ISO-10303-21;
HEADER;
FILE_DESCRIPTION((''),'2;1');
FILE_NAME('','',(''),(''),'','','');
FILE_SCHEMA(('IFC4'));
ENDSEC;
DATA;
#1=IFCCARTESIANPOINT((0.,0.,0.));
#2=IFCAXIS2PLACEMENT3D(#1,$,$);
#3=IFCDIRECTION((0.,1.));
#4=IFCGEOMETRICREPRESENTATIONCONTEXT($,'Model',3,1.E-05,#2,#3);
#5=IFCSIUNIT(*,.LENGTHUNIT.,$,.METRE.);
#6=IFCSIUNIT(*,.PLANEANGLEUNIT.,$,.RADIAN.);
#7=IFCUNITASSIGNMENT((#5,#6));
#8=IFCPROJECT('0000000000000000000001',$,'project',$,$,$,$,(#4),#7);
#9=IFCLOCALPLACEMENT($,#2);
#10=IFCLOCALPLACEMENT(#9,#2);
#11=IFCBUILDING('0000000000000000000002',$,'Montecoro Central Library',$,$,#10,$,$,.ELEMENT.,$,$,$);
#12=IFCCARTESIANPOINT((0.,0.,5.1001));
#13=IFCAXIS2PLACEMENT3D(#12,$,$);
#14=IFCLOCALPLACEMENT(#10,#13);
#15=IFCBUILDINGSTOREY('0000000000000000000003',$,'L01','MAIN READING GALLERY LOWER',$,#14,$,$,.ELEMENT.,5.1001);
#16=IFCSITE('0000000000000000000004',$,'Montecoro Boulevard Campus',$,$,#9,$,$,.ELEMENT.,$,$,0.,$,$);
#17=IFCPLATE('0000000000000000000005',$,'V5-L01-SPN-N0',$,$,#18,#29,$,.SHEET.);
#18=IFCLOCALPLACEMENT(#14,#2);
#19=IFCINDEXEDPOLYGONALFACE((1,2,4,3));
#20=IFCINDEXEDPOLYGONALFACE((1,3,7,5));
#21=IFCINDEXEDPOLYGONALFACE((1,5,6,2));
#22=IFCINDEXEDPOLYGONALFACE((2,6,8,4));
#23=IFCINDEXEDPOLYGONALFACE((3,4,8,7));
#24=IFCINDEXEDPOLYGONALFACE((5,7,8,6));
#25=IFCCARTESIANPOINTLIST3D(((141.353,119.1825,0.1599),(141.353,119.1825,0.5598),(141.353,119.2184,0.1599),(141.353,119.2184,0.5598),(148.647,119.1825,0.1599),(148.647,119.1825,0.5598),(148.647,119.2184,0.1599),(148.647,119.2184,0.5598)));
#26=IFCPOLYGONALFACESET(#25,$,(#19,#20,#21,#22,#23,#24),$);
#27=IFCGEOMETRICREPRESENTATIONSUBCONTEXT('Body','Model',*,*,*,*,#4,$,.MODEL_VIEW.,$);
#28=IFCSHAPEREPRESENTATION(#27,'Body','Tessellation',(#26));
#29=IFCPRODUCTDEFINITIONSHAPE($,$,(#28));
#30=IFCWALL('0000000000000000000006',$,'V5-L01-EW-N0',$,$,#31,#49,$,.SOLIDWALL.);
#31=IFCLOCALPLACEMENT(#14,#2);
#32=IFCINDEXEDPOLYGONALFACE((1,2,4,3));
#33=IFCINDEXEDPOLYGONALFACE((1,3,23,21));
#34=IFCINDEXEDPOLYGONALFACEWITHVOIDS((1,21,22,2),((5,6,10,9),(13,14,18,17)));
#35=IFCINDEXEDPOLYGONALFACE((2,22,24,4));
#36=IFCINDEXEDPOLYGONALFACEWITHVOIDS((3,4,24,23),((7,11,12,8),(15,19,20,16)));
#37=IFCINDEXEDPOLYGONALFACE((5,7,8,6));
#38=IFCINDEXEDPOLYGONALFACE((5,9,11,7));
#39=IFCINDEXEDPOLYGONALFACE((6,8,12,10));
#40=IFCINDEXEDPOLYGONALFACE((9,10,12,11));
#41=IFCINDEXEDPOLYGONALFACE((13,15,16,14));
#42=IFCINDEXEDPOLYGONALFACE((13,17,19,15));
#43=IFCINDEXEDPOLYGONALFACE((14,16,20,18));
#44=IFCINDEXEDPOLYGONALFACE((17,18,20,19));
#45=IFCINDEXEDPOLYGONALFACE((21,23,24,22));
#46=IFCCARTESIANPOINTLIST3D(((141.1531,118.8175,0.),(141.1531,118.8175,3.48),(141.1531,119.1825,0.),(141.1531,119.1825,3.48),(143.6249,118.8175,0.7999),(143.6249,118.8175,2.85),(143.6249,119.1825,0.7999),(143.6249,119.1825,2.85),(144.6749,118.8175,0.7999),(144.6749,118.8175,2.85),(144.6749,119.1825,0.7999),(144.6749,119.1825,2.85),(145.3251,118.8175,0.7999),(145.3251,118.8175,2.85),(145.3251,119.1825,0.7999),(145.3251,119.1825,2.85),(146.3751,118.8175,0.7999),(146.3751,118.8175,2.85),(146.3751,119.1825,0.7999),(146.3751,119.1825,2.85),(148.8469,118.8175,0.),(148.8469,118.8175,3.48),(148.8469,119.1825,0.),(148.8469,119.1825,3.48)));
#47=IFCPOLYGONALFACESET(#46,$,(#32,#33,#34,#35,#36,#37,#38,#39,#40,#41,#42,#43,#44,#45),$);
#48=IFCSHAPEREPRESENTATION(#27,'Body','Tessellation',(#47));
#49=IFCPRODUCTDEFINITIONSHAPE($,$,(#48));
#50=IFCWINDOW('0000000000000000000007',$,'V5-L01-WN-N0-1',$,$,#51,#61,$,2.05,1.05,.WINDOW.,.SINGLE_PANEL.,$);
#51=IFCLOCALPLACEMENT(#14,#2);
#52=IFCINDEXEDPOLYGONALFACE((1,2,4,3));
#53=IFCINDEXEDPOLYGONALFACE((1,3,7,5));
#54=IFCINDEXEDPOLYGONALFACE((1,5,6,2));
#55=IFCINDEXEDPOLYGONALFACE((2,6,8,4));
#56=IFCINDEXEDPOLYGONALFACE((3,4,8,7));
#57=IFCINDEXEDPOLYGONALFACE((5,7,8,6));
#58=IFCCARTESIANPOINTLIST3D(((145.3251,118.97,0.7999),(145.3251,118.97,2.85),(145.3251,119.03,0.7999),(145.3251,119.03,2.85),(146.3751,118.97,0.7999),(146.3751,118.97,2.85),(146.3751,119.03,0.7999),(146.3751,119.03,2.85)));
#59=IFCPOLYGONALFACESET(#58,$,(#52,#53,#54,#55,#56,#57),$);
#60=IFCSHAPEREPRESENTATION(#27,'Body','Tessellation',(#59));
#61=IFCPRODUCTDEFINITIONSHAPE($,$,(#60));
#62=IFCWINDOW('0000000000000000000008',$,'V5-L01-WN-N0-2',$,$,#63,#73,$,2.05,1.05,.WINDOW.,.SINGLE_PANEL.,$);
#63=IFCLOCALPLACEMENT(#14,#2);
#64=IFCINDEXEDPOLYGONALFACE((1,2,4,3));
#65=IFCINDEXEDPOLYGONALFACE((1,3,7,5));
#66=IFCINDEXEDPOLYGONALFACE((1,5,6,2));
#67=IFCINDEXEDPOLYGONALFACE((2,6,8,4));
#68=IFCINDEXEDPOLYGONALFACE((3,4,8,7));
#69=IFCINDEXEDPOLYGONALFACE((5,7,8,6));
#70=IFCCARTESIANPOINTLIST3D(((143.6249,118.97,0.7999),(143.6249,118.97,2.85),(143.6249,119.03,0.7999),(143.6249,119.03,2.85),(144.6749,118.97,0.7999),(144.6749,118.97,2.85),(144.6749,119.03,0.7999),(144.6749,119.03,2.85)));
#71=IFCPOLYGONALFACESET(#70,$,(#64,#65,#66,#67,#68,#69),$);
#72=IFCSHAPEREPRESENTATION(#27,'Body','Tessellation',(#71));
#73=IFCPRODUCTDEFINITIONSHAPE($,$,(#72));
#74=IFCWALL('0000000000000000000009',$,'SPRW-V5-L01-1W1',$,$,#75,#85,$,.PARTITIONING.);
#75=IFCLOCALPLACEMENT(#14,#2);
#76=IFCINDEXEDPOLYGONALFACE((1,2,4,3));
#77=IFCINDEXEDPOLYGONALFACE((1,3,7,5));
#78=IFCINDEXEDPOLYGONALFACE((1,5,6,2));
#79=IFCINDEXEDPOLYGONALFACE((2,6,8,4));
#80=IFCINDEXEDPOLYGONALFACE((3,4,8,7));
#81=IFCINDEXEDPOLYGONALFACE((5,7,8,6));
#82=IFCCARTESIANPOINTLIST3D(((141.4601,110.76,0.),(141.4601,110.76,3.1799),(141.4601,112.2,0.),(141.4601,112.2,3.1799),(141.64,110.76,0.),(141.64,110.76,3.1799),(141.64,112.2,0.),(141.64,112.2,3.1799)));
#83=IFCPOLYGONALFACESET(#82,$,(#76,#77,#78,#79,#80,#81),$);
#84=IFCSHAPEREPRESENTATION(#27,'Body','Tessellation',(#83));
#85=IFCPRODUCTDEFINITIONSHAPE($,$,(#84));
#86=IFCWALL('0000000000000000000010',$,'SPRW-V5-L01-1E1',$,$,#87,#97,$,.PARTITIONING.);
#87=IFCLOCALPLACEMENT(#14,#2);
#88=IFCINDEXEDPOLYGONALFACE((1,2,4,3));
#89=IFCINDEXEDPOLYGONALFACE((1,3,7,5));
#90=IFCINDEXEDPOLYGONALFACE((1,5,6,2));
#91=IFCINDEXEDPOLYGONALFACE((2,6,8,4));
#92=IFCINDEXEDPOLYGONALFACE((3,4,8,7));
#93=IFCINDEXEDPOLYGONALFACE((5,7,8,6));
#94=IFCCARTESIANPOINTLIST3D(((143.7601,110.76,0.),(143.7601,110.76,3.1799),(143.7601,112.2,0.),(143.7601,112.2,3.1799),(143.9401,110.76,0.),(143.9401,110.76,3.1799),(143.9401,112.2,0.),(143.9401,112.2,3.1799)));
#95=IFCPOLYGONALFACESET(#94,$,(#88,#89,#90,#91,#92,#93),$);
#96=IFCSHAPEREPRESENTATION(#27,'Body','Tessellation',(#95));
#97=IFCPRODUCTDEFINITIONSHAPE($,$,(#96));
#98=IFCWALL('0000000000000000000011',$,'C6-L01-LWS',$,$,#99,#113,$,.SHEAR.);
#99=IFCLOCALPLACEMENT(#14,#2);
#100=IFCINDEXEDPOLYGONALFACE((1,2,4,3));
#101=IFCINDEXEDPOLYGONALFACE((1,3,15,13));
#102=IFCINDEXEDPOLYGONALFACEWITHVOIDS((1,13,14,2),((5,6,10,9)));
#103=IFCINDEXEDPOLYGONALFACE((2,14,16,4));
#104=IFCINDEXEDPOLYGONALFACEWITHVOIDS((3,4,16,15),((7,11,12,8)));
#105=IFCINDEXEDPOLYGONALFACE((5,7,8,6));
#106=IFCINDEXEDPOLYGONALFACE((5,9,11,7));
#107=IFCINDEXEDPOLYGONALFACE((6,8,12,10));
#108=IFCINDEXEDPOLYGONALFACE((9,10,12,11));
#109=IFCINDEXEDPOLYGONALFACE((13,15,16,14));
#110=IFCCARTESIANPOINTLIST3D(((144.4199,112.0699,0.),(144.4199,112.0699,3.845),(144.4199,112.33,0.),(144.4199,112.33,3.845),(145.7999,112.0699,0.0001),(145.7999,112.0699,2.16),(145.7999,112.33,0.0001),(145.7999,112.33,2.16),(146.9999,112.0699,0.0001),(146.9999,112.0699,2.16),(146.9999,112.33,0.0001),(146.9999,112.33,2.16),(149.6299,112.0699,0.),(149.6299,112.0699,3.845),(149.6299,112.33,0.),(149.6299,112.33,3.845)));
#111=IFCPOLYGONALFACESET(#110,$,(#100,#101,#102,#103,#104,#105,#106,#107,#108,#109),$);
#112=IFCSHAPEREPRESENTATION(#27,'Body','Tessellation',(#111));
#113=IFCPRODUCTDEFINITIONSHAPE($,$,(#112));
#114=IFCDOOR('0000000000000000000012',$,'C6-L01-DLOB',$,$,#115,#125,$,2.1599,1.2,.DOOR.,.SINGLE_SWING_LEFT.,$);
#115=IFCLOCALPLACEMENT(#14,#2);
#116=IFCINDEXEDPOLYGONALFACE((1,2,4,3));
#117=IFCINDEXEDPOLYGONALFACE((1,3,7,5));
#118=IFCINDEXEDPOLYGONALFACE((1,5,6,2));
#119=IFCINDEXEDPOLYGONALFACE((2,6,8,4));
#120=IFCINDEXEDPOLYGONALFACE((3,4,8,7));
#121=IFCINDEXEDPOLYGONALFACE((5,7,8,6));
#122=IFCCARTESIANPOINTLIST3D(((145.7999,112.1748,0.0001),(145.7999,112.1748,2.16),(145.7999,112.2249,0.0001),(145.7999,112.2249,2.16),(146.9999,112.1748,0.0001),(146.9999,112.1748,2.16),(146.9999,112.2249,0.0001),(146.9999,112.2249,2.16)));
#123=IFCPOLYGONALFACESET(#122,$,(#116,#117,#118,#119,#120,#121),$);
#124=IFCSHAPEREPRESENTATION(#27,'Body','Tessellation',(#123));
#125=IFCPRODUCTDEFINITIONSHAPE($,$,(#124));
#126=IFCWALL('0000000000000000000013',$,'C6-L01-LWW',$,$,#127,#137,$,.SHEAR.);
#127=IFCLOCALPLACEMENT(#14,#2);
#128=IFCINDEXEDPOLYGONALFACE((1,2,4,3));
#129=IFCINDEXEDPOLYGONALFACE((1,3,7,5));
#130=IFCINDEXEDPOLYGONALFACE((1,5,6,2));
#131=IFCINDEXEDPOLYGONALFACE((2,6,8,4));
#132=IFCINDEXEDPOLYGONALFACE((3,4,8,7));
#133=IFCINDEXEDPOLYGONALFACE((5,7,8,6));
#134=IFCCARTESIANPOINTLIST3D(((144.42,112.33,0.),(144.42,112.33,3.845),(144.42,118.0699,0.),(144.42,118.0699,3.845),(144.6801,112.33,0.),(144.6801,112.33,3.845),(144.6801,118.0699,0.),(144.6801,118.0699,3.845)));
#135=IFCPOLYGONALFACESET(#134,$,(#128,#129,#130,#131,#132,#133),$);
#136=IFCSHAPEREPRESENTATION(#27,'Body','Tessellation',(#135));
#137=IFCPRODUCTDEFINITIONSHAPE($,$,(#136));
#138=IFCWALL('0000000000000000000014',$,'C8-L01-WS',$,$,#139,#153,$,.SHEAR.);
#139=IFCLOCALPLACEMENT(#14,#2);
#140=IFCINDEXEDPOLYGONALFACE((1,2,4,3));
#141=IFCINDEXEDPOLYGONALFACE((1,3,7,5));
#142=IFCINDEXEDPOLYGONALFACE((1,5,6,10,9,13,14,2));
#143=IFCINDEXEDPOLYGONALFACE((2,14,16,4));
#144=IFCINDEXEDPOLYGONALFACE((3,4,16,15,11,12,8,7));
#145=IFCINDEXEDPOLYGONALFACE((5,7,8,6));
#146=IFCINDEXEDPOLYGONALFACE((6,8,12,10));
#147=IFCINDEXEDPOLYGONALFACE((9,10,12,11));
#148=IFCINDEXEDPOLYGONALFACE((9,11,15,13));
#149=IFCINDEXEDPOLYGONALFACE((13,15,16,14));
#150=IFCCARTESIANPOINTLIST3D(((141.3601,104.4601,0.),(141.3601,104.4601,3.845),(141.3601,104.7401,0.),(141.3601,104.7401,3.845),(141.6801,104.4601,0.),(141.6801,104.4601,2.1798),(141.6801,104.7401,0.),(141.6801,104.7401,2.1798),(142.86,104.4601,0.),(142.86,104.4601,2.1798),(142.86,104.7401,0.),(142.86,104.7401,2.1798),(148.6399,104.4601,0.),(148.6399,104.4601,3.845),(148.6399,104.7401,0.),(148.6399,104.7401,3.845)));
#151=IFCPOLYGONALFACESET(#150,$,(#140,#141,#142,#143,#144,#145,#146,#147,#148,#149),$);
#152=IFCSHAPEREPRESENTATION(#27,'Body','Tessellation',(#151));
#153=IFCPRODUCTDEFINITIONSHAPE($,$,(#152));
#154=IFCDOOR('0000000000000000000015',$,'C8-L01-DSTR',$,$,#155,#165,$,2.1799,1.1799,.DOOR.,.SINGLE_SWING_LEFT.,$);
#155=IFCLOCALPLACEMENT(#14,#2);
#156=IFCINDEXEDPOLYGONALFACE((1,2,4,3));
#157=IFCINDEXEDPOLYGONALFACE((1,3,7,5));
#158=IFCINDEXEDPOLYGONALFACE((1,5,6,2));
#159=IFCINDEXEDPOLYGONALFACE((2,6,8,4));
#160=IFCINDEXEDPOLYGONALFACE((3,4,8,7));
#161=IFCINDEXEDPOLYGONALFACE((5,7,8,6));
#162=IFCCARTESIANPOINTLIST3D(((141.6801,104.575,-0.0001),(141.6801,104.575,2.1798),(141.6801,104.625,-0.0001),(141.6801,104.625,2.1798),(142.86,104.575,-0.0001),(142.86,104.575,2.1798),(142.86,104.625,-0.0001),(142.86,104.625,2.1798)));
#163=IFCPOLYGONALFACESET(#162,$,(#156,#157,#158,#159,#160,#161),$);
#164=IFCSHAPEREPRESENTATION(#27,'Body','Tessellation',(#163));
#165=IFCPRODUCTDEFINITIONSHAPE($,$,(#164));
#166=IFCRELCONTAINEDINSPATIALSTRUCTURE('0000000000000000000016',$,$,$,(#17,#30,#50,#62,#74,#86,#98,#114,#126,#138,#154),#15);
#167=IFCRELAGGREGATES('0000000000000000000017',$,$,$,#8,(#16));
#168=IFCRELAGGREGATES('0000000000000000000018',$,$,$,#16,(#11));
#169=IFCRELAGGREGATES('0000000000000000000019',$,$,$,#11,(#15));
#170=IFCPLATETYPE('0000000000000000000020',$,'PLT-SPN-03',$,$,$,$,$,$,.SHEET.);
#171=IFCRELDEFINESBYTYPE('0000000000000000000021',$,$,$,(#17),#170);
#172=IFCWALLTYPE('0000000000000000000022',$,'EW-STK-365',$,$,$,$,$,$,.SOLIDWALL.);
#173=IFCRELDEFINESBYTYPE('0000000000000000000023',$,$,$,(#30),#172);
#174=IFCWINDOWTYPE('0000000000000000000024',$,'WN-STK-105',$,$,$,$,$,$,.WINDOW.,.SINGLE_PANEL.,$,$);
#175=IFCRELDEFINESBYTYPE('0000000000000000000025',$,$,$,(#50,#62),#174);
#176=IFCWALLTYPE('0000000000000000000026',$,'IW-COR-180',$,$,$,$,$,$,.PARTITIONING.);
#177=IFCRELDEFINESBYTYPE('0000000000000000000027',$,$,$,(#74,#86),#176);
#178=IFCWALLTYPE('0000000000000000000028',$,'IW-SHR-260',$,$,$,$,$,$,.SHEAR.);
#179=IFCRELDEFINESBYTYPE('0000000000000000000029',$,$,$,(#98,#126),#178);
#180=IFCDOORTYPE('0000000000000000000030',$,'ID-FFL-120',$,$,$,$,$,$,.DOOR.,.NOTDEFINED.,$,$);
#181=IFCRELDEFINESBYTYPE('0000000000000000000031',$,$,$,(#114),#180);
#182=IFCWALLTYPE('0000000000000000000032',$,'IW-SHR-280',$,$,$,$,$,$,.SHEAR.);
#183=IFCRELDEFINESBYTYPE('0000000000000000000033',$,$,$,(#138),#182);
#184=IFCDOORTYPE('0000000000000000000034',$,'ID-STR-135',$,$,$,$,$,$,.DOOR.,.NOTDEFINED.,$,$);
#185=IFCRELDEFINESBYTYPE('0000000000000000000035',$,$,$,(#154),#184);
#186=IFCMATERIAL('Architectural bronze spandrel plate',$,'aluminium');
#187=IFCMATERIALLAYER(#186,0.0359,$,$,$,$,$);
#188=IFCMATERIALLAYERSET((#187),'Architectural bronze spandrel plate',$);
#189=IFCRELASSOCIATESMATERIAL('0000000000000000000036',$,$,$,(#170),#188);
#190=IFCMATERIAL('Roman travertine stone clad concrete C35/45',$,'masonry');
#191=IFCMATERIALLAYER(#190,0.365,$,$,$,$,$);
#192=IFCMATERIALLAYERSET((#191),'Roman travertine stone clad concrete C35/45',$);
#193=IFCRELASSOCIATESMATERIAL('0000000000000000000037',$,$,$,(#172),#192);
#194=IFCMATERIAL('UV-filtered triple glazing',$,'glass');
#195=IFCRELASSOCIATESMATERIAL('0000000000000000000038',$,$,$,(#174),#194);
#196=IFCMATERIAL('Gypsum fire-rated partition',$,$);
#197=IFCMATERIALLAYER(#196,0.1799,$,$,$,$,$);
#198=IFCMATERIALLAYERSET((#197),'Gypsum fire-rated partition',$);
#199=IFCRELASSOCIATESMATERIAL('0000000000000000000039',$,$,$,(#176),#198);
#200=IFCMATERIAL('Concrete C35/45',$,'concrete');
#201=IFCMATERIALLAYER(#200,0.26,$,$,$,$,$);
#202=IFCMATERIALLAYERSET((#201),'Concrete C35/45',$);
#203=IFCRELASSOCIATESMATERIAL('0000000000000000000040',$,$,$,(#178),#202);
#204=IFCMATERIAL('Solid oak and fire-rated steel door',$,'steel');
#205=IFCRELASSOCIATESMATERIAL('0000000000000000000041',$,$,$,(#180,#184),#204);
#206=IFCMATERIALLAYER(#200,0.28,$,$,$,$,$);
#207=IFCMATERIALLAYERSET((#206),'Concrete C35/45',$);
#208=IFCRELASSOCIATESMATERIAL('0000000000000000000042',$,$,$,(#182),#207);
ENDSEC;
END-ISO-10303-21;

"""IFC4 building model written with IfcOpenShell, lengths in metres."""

from ifc_helpers import new_model, si_unit, direction, frame, frame_2d, origin, origin_2d, place, context, subcontext, project, spatial, rectangle, extrude, material, layer, layer_set, type_object, element, fill, save


model = new_model("IFC4")

# Units and contexts
model_context = context("Model", 3, precision=1e-05, world=origin(), true_north=direction((0.0, 1.0)))
body_context = subcontext(model_context, "Body", "Model", "MODEL_VIEW")
ifc_project = project(units=[si_unit("LENGTHUNIT", "METRE"), si_unit("PLANEANGLEUNIT", "RADIAN")], contexts=[model_context])

# Site, building, storey
site_placement = place(None, origin())
site = spatial("IfcSite", under=ifc_project, at=site_placement, Name="Montecoro Boulevard Campus", CompositionType="ELEMENT", RefElevation=0.0)
building_placement = place(site_placement, origin())
building = spatial("IfcBuilding", under=site, at=building_placement, Name="Montecoro Central Library", CompositionType="ELEMENT")
storey_placement = place(building_placement, frame((0.0, 0.0, 5.1001)))
storey = spatial("IfcBuildingStorey", under=building, at=storey_placement, Name="L01", Description="MAIN READING GALLERY LOWER", CompositionType="ELEMENT", Elevation=5.1001)

# Shared definitions
ifc_material_1 = material(Name="Concrete C35/45", Category="concrete")

# Plate
ifc_material_2 = material(Name="Architectural bronze spandrel plate", Category="aluminium")
ifc_layer_1 = layer(ifc_material_2, 0.0359)
ifc_layer_set_1 = layer_set([ifc_layer_1], Name="Architectural bronze spandrel plate")
plate_type = type_object("IfcPlateType", Name="PLT-SPN-03", PredefinedType="SHEET", material=ifc_layer_set_1)
plate_placement = place(storey_placement, frame((145.0, 119.2004, 0.1599), z_axis=(0.0, 0.0, 1.0), x_axis=(-1.0, 0.0, 0.0)))
element("IfcPlate", 1, at=plate_placement, inside=storey, type_object=plate_type, Name="V5-L01-SPN-N0", PredefinedType="SHEET", context=body_context, shape_type="SweptSolid", body=[
    extrude(rectangle(XDim=7.2939, YDim=0.0359, at=origin_2d()), origin(), (0.0, 0.0, 1.0), 0.3999),
])

# Wall, openings, windows
ifc_material_3 = material(Name="Roman travertine stone clad concrete C35/45", Category="masonry")
ifc_layer_2 = layer(ifc_material_3, 0.365)
ifc_layer_set_2 = layer_set([ifc_layer_2], Name="Roman travertine stone clad concrete C35/45")
wall_type_1 = type_object("IfcWallType", Name="EW-STK-365", PredefinedType="SOLIDWALL", material=ifc_layer_set_2)
wall_1_placement = place(storey_placement, frame((148.8469, 119.0, 0.0), z_axis=(0.0, 0.0, 1.0), x_axis=(-1.0, 0.0, 0.0)))
wall_1 = element("IfcWall", 2, at=wall_1_placement, inside=storey, type_object=wall_type_1, Name="V5-L01-EW-N0", PredefinedType="SOLIDWALL", context=body_context, shape_type="SweptSolid", body=[
    extrude(rectangle(XDim=7.6938, YDim=0.365, at=frame_2d((3.8469, 0.0))), origin(), (0.0, 0.0, 1.0), 3.48),
])
opening_1_placement = place(wall_1_placement, frame((2.4719, 0.0, 0.8)))
opening_1 = element("IfcOpeningElement", 3, at=opening_1_placement, cuts=wall_1, PredefinedType="OPENING", context=body_context, shape_type="SweptSolid", body=[
    extrude(rectangle(XDim=1.05, YDim=2.05, at=frame_2d((0.5249, 1.0249))), frame((0.0, 0.1924, 0.0), z_axis=(0.0, -1.0, 0.0), x_axis=(1.0, 0.0, 0.0)), (0.0, 0.0, 1.0), 0.385),
])
opening_2_placement = place(wall_1_placement, frame((4.1721, 0.0, 0.8)))
opening_2 = element("IfcOpeningElement", 4, at=opening_2_placement, cuts=wall_1, PredefinedType="OPENING", context=body_context, shape_type="SweptSolid", body=[
    extrude(rectangle(XDim=1.05, YDim=2.05, at=frame_2d((0.5249, 1.0249))), frame((0.0, 0.1924, 0.0), z_axis=(0.0, -1.0, 0.0), x_axis=(1.0, 0.0, 0.0)), (0.0, 0.0, 1.0), 0.385),
])
ifc_material_4 = material(Name="UV-filtered triple glazing", Category="glass")
window_type = type_object("IfcWindowType", Name="WN-STK-105", PartitioningType="SINGLE_PANEL", PredefinedType="WINDOW", material=ifc_material_4)
window_1_placement = place(opening_1_placement, origin())
window_1 = element("IfcWindow", 5, at=window_1_placement, inside=storey, type_object=window_type, Name="V5-L01-WN-N0-1", OverallHeight=2.05, OverallWidth=1.05, PartitioningType="SINGLE_PANEL", PredefinedType="WINDOW", context=body_context, shape_type="SweptSolid", body=[
    extrude(rectangle(XDim=1.05, YDim=2.05, at=frame_2d((0.5249, 1.0249))), frame((0.0, 0.03, 0.0), z_axis=(0.0, -1.0, 0.0), x_axis=(1.0, 0.0, 0.0)), (0.0, 0.0, 1.0), 0.0601),
])
fill(opening_1, window_1)
window_2_placement = place(opening_2_placement, origin())
window_2 = element("IfcWindow", 6, at=window_2_placement, inside=storey, type_object=window_type, Name="V5-L01-WN-N0-2", OverallHeight=2.05, OverallWidth=1.05, PartitioningType="SINGLE_PANEL", PredefinedType="WINDOW", context=body_context, shape_type="SweptSolid", body=[
    extrude(rectangle(XDim=1.05, YDim=2.05, at=frame_2d((0.5249, 1.0249))), frame((0.0, 0.03, 0.0), z_axis=(0.0, -1.0, 0.0), x_axis=(1.0, 0.0, 0.0)), (0.0, 0.0, 1.0), 0.0601),
])
fill(opening_2, window_2)

# Walls
ifc_material_5 = material(Name="Gypsum fire-rated partition")
ifc_layer_3 = layer(ifc_material_5, 0.1799)
ifc_layer_set_3 = layer_set([ifc_layer_3], Name="Gypsum fire-rated partition")
wall_type_2 = type_object("IfcWallType", Name="IW-COR-180", PredefinedType="PARTITIONING", material=ifc_layer_set_3)
for number, where, z_axis, x_axis, name in (
    (7, (141.55, 110.76, 0.0), (0.0, 0.0, 1.0), (0.0, 1.0, 0.0), "SPRW-V5-L01-1W1"),
    (8, (143.8501, 110.76, 0.0), (0.0, 0.0, 1.0), (0.0, 1.0, 0.0), "SPRW-V5-L01-1E1"),
):
    element("IfcWall", number, at=place(storey_placement, frame(where, z_axis=z_axis, x_axis=x_axis)), inside=storey, type_object=wall_type_2, Name=name, PredefinedType="PARTITIONING", context=body_context, shape_type="SweptSolid", body=[
        extrude(rectangle(XDim=1.4399, YDim=0.1799, at=frame_2d((0.72, 0.0))), origin(), (0.0, 0.0, 1.0), 3.1799),
    ])

# Shared definitions
ifc_material_6 = material(Name="Solid oak and fire-rated steel door", Category="steel")

# Wall, opening, door
ifc_layer_4 = layer(ifc_material_1, 0.26)
ifc_layer_set_4 = layer_set([ifc_layer_4], Name="Concrete C35/45")
wall_type_3 = type_object("IfcWallType", Name="IW-SHR-260", PredefinedType="SHEAR", material=ifc_layer_set_4)
wall_2_placement = place(storey_placement, frame((144.4199, 112.2, 0.0), z_axis=(0.0, 0.0, 1.0), x_axis=(1.0, 0.0, 0.0)))
wall_2 = element("IfcWall", 9, at=wall_2_placement, inside=storey, type_object=wall_type_3, Name="C6-L01-LWS", PredefinedType="SHEAR", context=body_context, shape_type="SweptSolid", body=[
    extrude(rectangle(XDim=5.21, YDim=0.26, at=frame_2d((2.605, 0.0))), origin(), (0.0, 0.0, 1.0), 3.845),
])
opening_3_placement = place(wall_2_placement, frame((1.3799, 0.0, 0.0)))
opening_3 = element("IfcOpeningElement", 10, at=opening_3_placement, cuts=wall_2, PredefinedType="OPENING", context=body_context, shape_type="SweptSolid", body=[
    extrude(rectangle(XDim=1.2, YDim=2.1599, at=frame_2d((0.6001, 1.0801))), frame((0.0, 0.1399, 0.0), z_axis=(0.0, -1.0, 0.0), x_axis=(1.0, 0.0, 0.0)), (0.0, 0.0, 1.0), 0.28),
])
door_type_1 = type_object("IfcDoorType", Name="ID-FFL-120", OperationType="NOTDEFINED", PredefinedType="DOOR", material=ifc_material_6)
door_1_placement = place(opening_3_placement, origin())
door_1 = element("IfcDoor", 11, at=door_1_placement, inside=storey, type_object=door_type_1, Name="C6-L01-DLOB", OperationType="SINGLE_SWING_LEFT", OverallHeight=2.1599, OverallWidth=1.2, PredefinedType="DOOR", context=body_context, shape_type="SweptSolid", body=[
    extrude(rectangle(XDim=1.2, YDim=2.1599, at=frame_2d((0.6001, 1.0801))), frame((0.0, 0.0249, 0.0), z_axis=(0.0, -1.0, 0.0), x_axis=(1.0, 0.0, 0.0)), (0.0, 0.0, 1.0), 0.05),
])
fill(opening_3, door_1)

# Wall
wall_3_placement = place(storey_placement, frame((144.55, 118.0701, 0.0), z_axis=(0.0, 0.0, 1.0), x_axis=(0.0, -1.0, 0.0)))
element("IfcWall", 12, at=wall_3_placement, inside=storey, type_object=wall_type_3, Name="C6-L01-LWW", PredefinedType="SHEAR", context=body_context, shape_type="SweptSolid", body=[
    extrude(rectangle(XDim=5.74, YDim=0.26, at=frame_2d((2.8701, 0.0))), origin(), (0.0, 0.0, 1.0), 3.845),
])

# Wall, opening, door
ifc_layer_5 = layer(ifc_material_1, 0.28)
ifc_layer_set_5 = layer_set([ifc_layer_5], Name="Concrete C35/45")
wall_type_4 = type_object("IfcWallType", Name="IW-SHR-280", PredefinedType="SHEAR", material=ifc_layer_set_5)
wall_4_placement = place(storey_placement, frame((141.3601, 104.6001, 0.0), z_axis=(0.0, 0.0, 1.0), x_axis=(1.0, 0.0, 0.0)))
wall_4 = element("IfcWall", 13, at=wall_4_placement, inside=storey, type_object=wall_type_4, Name="C8-L01-WS", PredefinedType="SHEAR", context=body_context, shape_type="SweptSolid", body=[
    extrude(rectangle(XDim=7.2798, YDim=0.28, at=frame_2d((3.6399, 0.0))), origin(), (0.0, 0.0, 1.0), 3.845),
])
opening_4_placement = place(wall_4_placement, frame((0.3201, 0.0, 0.0)))
opening_4 = element("IfcOpeningElement", 14, at=opening_4_placement, cuts=wall_4, PredefinedType="OPENING", context=body_context, shape_type="SweptSolid", body=[
    extrude(rectangle(XDim=1.1799, YDim=2.1799, at=frame_2d((0.5898, 1.0898))), frame((0.0, 0.1499, 0.0), z_axis=(0.0, -1.0, 0.0), x_axis=(1.0, 0.0, 0.0)), (0.0, 0.0, 1.0), 0.3),
])
door_type_2 = type_object("IfcDoorType", Name="ID-STR-135", OperationType="NOTDEFINED", PredefinedType="DOOR", material=ifc_material_6)
door_2_placement = place(opening_4_placement, origin())
door_2 = element("IfcDoor", 15, at=door_2_placement, inside=storey, type_object=door_type_2, Name="C8-L01-DSTR", OperationType="SINGLE_SWING_LEFT", OverallHeight=2.1799, OverallWidth=1.1799, PredefinedType="DOOR", context=body_context, shape_type="SweptSolid", body=[
    extrude(rectangle(XDim=1.1799, YDim=2.1799, at=frame_2d((0.5898, 1.0898))), frame((0.0, 0.0249, 0.0), z_axis=(0.0, -1.0, 0.0), x_axis=(1.0, 0.0, 0.0)), (0.0, 0.0, 1.0), 0.05),
])
fill(opening_4, door_2)

save(model, "model.ifc")
